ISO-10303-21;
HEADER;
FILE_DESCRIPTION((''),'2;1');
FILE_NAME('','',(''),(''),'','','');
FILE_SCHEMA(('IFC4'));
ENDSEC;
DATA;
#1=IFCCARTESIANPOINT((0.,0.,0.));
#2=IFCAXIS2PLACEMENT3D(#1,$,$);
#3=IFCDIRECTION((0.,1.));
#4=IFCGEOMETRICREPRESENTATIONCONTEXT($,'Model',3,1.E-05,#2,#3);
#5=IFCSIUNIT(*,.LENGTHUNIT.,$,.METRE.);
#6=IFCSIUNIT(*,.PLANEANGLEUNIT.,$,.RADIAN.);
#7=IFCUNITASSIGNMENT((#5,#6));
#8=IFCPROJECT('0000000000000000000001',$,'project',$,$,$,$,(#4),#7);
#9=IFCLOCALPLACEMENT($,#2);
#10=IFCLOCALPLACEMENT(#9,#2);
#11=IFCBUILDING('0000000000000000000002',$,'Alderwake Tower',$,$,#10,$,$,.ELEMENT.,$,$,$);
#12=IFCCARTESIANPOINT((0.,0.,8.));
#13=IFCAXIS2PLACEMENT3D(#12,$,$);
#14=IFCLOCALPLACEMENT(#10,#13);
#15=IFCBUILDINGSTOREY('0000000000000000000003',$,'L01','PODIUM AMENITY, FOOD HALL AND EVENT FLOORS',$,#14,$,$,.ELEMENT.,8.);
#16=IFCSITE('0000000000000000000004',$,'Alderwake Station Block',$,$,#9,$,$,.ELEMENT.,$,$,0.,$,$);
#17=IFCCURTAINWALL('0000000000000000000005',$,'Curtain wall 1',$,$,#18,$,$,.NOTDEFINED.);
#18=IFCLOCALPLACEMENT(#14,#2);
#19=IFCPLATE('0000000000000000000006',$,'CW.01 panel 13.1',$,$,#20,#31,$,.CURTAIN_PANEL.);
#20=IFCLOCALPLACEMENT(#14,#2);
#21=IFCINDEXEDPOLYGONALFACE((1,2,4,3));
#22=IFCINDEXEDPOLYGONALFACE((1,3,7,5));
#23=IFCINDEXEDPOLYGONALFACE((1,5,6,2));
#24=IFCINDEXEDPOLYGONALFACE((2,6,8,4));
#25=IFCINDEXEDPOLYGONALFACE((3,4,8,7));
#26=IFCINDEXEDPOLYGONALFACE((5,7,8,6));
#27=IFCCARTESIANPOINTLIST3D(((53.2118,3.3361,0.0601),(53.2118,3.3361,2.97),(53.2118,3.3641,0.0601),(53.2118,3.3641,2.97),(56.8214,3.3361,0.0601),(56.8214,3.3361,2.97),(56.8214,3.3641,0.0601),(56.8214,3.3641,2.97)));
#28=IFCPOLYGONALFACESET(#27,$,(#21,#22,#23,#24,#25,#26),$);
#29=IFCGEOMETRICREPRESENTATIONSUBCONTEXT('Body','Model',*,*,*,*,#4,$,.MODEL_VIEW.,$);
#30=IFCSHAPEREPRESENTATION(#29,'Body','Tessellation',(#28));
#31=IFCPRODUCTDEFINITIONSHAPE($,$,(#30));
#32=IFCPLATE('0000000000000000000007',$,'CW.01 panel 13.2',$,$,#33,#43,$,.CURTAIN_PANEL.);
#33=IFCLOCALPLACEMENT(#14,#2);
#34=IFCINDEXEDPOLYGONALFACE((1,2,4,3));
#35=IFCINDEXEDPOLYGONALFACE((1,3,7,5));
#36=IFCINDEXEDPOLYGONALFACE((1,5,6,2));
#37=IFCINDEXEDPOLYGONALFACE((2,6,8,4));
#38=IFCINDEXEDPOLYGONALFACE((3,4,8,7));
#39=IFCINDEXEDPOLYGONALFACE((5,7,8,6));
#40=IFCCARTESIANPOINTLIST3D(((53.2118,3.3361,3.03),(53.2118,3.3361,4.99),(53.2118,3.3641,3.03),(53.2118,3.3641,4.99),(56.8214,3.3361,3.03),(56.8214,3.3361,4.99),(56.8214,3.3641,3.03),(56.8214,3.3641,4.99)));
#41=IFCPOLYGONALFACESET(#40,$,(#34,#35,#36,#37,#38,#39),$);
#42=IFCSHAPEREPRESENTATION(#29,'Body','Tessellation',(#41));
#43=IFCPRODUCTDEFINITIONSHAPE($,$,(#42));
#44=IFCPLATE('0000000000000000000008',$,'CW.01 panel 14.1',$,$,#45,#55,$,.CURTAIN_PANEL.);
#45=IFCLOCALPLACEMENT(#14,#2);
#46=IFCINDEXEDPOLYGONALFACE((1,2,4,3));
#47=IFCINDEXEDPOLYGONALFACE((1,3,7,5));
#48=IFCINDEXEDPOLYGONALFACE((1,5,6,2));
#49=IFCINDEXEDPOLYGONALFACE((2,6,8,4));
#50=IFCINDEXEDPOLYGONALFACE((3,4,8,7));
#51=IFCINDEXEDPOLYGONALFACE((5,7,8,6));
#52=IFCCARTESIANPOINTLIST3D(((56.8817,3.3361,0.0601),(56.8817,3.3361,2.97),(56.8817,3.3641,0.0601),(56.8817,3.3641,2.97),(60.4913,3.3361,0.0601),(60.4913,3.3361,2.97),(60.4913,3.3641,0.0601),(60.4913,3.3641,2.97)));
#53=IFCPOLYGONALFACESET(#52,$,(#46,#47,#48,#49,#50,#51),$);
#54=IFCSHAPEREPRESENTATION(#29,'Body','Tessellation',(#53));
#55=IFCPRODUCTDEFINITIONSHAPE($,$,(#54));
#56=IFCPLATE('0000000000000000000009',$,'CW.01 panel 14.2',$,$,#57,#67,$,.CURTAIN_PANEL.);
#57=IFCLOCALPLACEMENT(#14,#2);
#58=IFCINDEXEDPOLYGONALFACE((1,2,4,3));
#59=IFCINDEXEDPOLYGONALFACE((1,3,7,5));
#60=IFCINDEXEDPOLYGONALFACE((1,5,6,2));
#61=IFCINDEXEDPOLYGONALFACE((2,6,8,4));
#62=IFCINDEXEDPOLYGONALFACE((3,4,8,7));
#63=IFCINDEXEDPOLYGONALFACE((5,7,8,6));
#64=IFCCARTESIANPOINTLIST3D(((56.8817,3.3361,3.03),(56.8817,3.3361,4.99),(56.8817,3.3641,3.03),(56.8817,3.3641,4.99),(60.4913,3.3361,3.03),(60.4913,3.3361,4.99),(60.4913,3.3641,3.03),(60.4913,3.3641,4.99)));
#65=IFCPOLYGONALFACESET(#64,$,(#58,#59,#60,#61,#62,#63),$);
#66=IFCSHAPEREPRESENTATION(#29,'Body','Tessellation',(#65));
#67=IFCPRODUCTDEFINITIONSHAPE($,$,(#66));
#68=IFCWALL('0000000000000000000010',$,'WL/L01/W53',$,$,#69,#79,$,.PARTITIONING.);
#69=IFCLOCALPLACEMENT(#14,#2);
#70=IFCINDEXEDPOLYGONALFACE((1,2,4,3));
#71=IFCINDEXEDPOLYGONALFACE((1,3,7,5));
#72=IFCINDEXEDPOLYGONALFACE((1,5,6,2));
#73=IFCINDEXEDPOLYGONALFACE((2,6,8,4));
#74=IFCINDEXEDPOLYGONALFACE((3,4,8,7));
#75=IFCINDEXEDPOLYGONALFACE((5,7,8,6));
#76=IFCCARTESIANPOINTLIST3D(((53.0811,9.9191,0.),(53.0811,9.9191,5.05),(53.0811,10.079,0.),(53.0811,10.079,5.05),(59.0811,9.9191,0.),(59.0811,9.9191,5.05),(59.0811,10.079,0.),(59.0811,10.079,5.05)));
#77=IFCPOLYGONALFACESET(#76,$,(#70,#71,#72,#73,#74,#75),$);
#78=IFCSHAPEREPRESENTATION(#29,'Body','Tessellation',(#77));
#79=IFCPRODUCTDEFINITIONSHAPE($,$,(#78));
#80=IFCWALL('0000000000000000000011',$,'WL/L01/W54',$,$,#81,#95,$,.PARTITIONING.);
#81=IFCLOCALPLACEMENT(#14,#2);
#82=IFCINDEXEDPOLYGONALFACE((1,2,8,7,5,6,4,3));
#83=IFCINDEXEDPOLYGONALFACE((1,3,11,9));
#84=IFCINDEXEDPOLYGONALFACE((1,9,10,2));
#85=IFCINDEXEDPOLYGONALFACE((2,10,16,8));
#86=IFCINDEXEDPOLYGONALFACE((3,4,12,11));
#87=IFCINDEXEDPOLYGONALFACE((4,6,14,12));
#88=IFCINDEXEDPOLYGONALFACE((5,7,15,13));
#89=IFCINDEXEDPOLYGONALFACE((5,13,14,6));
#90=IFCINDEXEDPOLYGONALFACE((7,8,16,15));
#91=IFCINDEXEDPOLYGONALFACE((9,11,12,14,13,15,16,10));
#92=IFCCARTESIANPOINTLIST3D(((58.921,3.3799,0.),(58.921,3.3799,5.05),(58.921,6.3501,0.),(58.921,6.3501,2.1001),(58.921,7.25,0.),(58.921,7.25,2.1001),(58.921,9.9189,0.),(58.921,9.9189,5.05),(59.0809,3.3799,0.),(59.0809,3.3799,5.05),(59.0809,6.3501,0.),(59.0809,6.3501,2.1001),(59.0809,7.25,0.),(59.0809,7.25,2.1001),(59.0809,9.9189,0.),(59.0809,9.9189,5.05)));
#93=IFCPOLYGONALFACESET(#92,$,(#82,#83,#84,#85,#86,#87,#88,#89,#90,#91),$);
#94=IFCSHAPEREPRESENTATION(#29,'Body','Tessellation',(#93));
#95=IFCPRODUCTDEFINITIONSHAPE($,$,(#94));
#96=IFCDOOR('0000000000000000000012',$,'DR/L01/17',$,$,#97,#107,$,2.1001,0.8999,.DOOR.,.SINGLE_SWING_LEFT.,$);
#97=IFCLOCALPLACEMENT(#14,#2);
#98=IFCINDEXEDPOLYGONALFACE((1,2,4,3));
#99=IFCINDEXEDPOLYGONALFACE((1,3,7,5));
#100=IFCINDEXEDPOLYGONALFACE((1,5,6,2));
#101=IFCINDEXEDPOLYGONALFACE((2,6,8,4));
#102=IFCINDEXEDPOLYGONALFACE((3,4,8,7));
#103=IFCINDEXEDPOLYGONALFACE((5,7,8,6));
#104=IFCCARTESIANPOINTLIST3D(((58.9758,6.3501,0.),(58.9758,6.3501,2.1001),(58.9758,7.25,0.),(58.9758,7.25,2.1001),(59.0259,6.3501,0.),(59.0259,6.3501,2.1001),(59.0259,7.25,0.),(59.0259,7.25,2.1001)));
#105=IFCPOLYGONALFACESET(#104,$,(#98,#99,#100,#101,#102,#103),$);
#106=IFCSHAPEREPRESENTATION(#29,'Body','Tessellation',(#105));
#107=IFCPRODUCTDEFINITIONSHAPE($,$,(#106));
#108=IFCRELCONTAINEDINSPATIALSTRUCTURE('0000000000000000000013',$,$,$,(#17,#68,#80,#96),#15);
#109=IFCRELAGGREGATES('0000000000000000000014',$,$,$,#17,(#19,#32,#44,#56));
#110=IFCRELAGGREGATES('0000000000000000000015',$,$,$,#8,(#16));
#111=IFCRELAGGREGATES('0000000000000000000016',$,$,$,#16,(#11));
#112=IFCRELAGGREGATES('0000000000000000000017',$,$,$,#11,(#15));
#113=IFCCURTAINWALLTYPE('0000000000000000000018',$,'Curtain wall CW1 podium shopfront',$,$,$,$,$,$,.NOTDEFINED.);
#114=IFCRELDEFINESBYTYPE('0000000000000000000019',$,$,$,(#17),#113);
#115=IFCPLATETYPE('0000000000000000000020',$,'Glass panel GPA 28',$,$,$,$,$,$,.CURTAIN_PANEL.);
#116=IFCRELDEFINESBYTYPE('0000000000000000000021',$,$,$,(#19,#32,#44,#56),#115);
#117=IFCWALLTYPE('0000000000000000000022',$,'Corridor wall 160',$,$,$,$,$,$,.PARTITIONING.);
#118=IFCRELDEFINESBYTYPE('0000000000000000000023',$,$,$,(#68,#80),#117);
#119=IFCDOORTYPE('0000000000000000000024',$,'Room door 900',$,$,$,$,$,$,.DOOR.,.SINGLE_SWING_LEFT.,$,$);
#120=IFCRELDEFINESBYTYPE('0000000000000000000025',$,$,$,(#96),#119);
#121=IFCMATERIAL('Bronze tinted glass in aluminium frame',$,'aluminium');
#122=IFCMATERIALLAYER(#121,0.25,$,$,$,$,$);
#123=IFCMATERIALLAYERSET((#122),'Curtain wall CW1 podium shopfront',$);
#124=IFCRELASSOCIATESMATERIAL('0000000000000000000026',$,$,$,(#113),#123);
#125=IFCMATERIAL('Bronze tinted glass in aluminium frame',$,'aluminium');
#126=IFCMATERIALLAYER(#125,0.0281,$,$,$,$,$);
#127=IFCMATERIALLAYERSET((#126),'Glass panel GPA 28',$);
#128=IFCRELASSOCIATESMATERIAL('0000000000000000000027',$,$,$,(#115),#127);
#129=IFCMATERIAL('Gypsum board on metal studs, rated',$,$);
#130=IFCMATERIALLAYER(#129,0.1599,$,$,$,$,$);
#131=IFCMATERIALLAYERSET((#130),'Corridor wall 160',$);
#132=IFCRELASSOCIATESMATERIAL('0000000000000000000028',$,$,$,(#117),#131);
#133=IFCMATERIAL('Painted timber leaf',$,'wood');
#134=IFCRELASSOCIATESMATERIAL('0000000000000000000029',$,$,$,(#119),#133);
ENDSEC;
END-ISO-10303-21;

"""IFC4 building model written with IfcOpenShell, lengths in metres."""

from ifc_helpers import new_model, si_unit, direction, frame, frame_2d, origin, origin_2d, place, context, subcontext, project, spatial, rectangle, extrude, material, layer, layer_set, type_object, element, fill, aggregate, save


model = new_model("IFC4")

# Units and contexts
model_context = context("Model", 3, precision=1e-05, world=origin(), true_north=direction((0.0, 1.0)))
body_context = subcontext(model_context, "Body", "Model", "MODEL_VIEW")
ifc_project = project(units=[si_unit("LENGTHUNIT", "METRE"), si_unit("PLANEANGLEUNIT", "RADIAN")], contexts=[model_context])

# Site, building, storey
site_placement = place(None, origin())
site = spatial("IfcSite", under=ifc_project, at=site_placement, Name="Alderwake Station Block", CompositionType="ELEMENT", RefElevation=0.0)
building_placement = place(site_placement, origin())
building = spatial("IfcBuilding", under=site, at=building_placement, Name="Alderwake Tower", CompositionType="ELEMENT")
storey_placement = place(building_placement, frame((0.0, 0.0, 8.0)))
storey = spatial("IfcBuildingStorey", under=building, at=storey_placement, Name="L01", Description="PODIUM AMENITY, FOOD HALL AND EVENT FLOORS", CompositionType="ELEMENT", Elevation=8.0)

# Curtain wall, plates
ifc_material_1 = material(Name="Bronze tinted glass in aluminium frame", Category="aluminium")
ifc_layer_1 = layer(ifc_material_1, 0.25)
ifc_layer_set_1 = layer_set([ifc_layer_1], Name="Curtain wall CW1 podium shopfront")
curtain_wall_type = type_object("IfcCurtainWallType", Name="Curtain wall CW1 podium shopfront", PredefinedType="NOTDEFINED", material=ifc_layer_set_1)
curtain_wall_placement = place(storey_placement, origin())
curtain_wall = element("IfcCurtainWall", 1, at=curtain_wall_placement, inside=storey, type_object=curtain_wall_type, Name="Curtain wall 1", PredefinedType="NOTDEFINED")
ifc_material_2 = material(Name="Bronze tinted glass in aluminium frame", Category="aluminium")
ifc_layer_2 = layer(ifc_material_2, 0.0281)
ifc_layer_set_2 = layer_set([ifc_layer_2], Name="Glass panel GPA 28")
plate_type = type_object("IfcPlateType", Name="Glass panel GPA 28", PredefinedType="CURTAIN_PANEL", material=ifc_layer_set_2)
plate_1_placement = place(storey_placement, frame((55.0166, 3.3501, 0.0601), z_axis=(0.0, 0.0, 1.0), x_axis=(1.0, 0.0, 0.0)))
plate_1 = element("IfcPlate", 2, at=plate_1_placement, type_object=plate_type, Name="CW.01 panel 13.1", PredefinedType="CURTAIN_PANEL", context=body_context, shape_type="SweptSolid", body=[
    extrude(rectangle(XDim=3.6096, YDim=0.0281, at=origin_2d()), origin(), (0.0, 0.0, 1.0), 2.9099),
])
plate_2_placement = place(storey_placement, frame((55.0166, 3.3501, 3.03), z_axis=(0.0, 0.0, 1.0), x_axis=(1.0, 0.0, 0.0)))
plate_2 = element("IfcPlate", 3, at=plate_2_placement, type_object=plate_type, Name="CW.01 panel 13.2", PredefinedType="CURTAIN_PANEL", context=body_context, shape_type="SweptSolid", body=[
    extrude(rectangle(XDim=3.6096, YDim=0.0281, at=origin_2d()), origin(), (0.0, 0.0, 1.0), 1.96),
])
plate_3_placement = place(storey_placement, frame((58.6865, 3.3501, 0.0601), z_axis=(0.0, 0.0, 1.0), x_axis=(1.0, 0.0, 0.0)))
plate_3 = element("IfcPlate", 4, at=plate_3_placement, type_object=plate_type, Name="CW.01 panel 14.1", PredefinedType="CURTAIN_PANEL", context=body_context, shape_type="SweptSolid", body=[
    extrude(rectangle(XDim=3.6096, YDim=0.0281, at=origin_2d()), origin(), (0.0, 0.0, 1.0), 2.9099),
])
plate_4_placement = place(storey_placement, frame((58.6865, 3.3501, 3.03), z_axis=(0.0, 0.0, 1.0), x_axis=(1.0, 0.0, 0.0)))
plate_4 = element("IfcPlate", 5, at=plate_4_placement, type_object=plate_type, Name="CW.01 panel 14.2", PredefinedType="CURTAIN_PANEL", context=body_context, shape_type="SweptSolid", body=[
    extrude(rectangle(XDim=3.6096, YDim=0.0281, at=origin_2d()), origin(), (0.0, 0.0, 1.0), 1.96),
])
aggregate(curtain_wall, [plate_1, plate_2, plate_3, plate_4])

# Wall
ifc_material_3 = material(Name="Gypsum board on metal studs, rated")
ifc_layer_3 = layer(ifc_material_3, 0.1599)
ifc_layer_set_3 = layer_set([ifc_layer_3], Name="Corridor wall 160")
wall_type = type_object("IfcWallType", Name="Corridor wall 160", PredefinedType="PARTITIONING", material=ifc_layer_set_3)
wall_1_placement = place(storey_placement, frame((53.0811, 9.999, 0.0), z_axis=(0.0, 0.0, 1.0), x_axis=(1.0, 0.0, 0.0)))
element("IfcWall", 6, at=wall_1_placement, inside=storey, type_object=wall_type, Name="WL/L01/W53", PredefinedType="PARTITIONING", context=body_context, shape_type="SweptSolid", body=[
    extrude(rectangle(XDim=6.0, YDim=0.1599, at=frame_2d((3.0, 0.0))), origin(), (0.0, 0.0, 1.0), 5.05),
])

# Wall, opening, door
wall_2_placement = place(storey_placement, frame((59.001, 9.9189, 0.0), z_axis=(0.0, 0.0, 1.0), x_axis=(0.0, -1.0, 0.0)))
wall_2 = element("IfcWall", 7, at=wall_2_placement, inside=storey, type_object=wall_type, Name="WL/L01/W54", PredefinedType="PARTITIONING", context=body_context, shape_type="SweptSolid", body=[
    extrude(rectangle(XDim=6.5391, YDim=0.1599, at=frame_2d((3.2695, 0.0))), origin(), (0.0, 0.0, 1.0), 5.05),
])
opening_placement = place(wall_2_placement, frame((2.6689, 0.0, 0.0)))
opening = element("IfcOpeningElement", 8, at=opening_placement, cuts=wall_2, PredefinedType="OPENING", context=body_context, shape_type="SweptSolid", body=[
    extrude(rectangle(XDim=0.8999, YDim=2.1001, at=frame_2d((0.45, 1.05))), frame((0.0, 0.0898, 0.0), z_axis=(0.0, -1.0, 0.0), x_axis=(1.0, 0.0, 0.0)), (0.0, 0.0, 1.0), 0.1799),
])
ifc_material_4 = material(Name="Painted timber leaf", Category="wood")
door_type = type_object("IfcDoorType", Name="Room door 900", OperationType="SINGLE_SWING_LEFT", PredefinedType="DOOR", material=ifc_material_4)
door_placement = place(opening_placement, origin())
door = element("IfcDoor", 9, at=door_placement, inside=storey, type_object=door_type, Name="DR/L01/17", OperationType="SINGLE_SWING_LEFT", OverallHeight=2.1001, OverallWidth=0.8999, PredefinedType="DOOR", context=body_context, shape_type="SweptSolid", body=[
    extrude(rectangle(XDim=0.8999, YDim=2.1001, at=frame_2d((0.45, 1.05))), frame((0.0, 0.0249, 0.0), z_axis=(0.0, -1.0, 0.0), x_axis=(1.0, 0.0, 0.0)), (0.0, 0.0, 1.0), 0.05),
])
fill(opening, door)

save(model, "model.ifc")
